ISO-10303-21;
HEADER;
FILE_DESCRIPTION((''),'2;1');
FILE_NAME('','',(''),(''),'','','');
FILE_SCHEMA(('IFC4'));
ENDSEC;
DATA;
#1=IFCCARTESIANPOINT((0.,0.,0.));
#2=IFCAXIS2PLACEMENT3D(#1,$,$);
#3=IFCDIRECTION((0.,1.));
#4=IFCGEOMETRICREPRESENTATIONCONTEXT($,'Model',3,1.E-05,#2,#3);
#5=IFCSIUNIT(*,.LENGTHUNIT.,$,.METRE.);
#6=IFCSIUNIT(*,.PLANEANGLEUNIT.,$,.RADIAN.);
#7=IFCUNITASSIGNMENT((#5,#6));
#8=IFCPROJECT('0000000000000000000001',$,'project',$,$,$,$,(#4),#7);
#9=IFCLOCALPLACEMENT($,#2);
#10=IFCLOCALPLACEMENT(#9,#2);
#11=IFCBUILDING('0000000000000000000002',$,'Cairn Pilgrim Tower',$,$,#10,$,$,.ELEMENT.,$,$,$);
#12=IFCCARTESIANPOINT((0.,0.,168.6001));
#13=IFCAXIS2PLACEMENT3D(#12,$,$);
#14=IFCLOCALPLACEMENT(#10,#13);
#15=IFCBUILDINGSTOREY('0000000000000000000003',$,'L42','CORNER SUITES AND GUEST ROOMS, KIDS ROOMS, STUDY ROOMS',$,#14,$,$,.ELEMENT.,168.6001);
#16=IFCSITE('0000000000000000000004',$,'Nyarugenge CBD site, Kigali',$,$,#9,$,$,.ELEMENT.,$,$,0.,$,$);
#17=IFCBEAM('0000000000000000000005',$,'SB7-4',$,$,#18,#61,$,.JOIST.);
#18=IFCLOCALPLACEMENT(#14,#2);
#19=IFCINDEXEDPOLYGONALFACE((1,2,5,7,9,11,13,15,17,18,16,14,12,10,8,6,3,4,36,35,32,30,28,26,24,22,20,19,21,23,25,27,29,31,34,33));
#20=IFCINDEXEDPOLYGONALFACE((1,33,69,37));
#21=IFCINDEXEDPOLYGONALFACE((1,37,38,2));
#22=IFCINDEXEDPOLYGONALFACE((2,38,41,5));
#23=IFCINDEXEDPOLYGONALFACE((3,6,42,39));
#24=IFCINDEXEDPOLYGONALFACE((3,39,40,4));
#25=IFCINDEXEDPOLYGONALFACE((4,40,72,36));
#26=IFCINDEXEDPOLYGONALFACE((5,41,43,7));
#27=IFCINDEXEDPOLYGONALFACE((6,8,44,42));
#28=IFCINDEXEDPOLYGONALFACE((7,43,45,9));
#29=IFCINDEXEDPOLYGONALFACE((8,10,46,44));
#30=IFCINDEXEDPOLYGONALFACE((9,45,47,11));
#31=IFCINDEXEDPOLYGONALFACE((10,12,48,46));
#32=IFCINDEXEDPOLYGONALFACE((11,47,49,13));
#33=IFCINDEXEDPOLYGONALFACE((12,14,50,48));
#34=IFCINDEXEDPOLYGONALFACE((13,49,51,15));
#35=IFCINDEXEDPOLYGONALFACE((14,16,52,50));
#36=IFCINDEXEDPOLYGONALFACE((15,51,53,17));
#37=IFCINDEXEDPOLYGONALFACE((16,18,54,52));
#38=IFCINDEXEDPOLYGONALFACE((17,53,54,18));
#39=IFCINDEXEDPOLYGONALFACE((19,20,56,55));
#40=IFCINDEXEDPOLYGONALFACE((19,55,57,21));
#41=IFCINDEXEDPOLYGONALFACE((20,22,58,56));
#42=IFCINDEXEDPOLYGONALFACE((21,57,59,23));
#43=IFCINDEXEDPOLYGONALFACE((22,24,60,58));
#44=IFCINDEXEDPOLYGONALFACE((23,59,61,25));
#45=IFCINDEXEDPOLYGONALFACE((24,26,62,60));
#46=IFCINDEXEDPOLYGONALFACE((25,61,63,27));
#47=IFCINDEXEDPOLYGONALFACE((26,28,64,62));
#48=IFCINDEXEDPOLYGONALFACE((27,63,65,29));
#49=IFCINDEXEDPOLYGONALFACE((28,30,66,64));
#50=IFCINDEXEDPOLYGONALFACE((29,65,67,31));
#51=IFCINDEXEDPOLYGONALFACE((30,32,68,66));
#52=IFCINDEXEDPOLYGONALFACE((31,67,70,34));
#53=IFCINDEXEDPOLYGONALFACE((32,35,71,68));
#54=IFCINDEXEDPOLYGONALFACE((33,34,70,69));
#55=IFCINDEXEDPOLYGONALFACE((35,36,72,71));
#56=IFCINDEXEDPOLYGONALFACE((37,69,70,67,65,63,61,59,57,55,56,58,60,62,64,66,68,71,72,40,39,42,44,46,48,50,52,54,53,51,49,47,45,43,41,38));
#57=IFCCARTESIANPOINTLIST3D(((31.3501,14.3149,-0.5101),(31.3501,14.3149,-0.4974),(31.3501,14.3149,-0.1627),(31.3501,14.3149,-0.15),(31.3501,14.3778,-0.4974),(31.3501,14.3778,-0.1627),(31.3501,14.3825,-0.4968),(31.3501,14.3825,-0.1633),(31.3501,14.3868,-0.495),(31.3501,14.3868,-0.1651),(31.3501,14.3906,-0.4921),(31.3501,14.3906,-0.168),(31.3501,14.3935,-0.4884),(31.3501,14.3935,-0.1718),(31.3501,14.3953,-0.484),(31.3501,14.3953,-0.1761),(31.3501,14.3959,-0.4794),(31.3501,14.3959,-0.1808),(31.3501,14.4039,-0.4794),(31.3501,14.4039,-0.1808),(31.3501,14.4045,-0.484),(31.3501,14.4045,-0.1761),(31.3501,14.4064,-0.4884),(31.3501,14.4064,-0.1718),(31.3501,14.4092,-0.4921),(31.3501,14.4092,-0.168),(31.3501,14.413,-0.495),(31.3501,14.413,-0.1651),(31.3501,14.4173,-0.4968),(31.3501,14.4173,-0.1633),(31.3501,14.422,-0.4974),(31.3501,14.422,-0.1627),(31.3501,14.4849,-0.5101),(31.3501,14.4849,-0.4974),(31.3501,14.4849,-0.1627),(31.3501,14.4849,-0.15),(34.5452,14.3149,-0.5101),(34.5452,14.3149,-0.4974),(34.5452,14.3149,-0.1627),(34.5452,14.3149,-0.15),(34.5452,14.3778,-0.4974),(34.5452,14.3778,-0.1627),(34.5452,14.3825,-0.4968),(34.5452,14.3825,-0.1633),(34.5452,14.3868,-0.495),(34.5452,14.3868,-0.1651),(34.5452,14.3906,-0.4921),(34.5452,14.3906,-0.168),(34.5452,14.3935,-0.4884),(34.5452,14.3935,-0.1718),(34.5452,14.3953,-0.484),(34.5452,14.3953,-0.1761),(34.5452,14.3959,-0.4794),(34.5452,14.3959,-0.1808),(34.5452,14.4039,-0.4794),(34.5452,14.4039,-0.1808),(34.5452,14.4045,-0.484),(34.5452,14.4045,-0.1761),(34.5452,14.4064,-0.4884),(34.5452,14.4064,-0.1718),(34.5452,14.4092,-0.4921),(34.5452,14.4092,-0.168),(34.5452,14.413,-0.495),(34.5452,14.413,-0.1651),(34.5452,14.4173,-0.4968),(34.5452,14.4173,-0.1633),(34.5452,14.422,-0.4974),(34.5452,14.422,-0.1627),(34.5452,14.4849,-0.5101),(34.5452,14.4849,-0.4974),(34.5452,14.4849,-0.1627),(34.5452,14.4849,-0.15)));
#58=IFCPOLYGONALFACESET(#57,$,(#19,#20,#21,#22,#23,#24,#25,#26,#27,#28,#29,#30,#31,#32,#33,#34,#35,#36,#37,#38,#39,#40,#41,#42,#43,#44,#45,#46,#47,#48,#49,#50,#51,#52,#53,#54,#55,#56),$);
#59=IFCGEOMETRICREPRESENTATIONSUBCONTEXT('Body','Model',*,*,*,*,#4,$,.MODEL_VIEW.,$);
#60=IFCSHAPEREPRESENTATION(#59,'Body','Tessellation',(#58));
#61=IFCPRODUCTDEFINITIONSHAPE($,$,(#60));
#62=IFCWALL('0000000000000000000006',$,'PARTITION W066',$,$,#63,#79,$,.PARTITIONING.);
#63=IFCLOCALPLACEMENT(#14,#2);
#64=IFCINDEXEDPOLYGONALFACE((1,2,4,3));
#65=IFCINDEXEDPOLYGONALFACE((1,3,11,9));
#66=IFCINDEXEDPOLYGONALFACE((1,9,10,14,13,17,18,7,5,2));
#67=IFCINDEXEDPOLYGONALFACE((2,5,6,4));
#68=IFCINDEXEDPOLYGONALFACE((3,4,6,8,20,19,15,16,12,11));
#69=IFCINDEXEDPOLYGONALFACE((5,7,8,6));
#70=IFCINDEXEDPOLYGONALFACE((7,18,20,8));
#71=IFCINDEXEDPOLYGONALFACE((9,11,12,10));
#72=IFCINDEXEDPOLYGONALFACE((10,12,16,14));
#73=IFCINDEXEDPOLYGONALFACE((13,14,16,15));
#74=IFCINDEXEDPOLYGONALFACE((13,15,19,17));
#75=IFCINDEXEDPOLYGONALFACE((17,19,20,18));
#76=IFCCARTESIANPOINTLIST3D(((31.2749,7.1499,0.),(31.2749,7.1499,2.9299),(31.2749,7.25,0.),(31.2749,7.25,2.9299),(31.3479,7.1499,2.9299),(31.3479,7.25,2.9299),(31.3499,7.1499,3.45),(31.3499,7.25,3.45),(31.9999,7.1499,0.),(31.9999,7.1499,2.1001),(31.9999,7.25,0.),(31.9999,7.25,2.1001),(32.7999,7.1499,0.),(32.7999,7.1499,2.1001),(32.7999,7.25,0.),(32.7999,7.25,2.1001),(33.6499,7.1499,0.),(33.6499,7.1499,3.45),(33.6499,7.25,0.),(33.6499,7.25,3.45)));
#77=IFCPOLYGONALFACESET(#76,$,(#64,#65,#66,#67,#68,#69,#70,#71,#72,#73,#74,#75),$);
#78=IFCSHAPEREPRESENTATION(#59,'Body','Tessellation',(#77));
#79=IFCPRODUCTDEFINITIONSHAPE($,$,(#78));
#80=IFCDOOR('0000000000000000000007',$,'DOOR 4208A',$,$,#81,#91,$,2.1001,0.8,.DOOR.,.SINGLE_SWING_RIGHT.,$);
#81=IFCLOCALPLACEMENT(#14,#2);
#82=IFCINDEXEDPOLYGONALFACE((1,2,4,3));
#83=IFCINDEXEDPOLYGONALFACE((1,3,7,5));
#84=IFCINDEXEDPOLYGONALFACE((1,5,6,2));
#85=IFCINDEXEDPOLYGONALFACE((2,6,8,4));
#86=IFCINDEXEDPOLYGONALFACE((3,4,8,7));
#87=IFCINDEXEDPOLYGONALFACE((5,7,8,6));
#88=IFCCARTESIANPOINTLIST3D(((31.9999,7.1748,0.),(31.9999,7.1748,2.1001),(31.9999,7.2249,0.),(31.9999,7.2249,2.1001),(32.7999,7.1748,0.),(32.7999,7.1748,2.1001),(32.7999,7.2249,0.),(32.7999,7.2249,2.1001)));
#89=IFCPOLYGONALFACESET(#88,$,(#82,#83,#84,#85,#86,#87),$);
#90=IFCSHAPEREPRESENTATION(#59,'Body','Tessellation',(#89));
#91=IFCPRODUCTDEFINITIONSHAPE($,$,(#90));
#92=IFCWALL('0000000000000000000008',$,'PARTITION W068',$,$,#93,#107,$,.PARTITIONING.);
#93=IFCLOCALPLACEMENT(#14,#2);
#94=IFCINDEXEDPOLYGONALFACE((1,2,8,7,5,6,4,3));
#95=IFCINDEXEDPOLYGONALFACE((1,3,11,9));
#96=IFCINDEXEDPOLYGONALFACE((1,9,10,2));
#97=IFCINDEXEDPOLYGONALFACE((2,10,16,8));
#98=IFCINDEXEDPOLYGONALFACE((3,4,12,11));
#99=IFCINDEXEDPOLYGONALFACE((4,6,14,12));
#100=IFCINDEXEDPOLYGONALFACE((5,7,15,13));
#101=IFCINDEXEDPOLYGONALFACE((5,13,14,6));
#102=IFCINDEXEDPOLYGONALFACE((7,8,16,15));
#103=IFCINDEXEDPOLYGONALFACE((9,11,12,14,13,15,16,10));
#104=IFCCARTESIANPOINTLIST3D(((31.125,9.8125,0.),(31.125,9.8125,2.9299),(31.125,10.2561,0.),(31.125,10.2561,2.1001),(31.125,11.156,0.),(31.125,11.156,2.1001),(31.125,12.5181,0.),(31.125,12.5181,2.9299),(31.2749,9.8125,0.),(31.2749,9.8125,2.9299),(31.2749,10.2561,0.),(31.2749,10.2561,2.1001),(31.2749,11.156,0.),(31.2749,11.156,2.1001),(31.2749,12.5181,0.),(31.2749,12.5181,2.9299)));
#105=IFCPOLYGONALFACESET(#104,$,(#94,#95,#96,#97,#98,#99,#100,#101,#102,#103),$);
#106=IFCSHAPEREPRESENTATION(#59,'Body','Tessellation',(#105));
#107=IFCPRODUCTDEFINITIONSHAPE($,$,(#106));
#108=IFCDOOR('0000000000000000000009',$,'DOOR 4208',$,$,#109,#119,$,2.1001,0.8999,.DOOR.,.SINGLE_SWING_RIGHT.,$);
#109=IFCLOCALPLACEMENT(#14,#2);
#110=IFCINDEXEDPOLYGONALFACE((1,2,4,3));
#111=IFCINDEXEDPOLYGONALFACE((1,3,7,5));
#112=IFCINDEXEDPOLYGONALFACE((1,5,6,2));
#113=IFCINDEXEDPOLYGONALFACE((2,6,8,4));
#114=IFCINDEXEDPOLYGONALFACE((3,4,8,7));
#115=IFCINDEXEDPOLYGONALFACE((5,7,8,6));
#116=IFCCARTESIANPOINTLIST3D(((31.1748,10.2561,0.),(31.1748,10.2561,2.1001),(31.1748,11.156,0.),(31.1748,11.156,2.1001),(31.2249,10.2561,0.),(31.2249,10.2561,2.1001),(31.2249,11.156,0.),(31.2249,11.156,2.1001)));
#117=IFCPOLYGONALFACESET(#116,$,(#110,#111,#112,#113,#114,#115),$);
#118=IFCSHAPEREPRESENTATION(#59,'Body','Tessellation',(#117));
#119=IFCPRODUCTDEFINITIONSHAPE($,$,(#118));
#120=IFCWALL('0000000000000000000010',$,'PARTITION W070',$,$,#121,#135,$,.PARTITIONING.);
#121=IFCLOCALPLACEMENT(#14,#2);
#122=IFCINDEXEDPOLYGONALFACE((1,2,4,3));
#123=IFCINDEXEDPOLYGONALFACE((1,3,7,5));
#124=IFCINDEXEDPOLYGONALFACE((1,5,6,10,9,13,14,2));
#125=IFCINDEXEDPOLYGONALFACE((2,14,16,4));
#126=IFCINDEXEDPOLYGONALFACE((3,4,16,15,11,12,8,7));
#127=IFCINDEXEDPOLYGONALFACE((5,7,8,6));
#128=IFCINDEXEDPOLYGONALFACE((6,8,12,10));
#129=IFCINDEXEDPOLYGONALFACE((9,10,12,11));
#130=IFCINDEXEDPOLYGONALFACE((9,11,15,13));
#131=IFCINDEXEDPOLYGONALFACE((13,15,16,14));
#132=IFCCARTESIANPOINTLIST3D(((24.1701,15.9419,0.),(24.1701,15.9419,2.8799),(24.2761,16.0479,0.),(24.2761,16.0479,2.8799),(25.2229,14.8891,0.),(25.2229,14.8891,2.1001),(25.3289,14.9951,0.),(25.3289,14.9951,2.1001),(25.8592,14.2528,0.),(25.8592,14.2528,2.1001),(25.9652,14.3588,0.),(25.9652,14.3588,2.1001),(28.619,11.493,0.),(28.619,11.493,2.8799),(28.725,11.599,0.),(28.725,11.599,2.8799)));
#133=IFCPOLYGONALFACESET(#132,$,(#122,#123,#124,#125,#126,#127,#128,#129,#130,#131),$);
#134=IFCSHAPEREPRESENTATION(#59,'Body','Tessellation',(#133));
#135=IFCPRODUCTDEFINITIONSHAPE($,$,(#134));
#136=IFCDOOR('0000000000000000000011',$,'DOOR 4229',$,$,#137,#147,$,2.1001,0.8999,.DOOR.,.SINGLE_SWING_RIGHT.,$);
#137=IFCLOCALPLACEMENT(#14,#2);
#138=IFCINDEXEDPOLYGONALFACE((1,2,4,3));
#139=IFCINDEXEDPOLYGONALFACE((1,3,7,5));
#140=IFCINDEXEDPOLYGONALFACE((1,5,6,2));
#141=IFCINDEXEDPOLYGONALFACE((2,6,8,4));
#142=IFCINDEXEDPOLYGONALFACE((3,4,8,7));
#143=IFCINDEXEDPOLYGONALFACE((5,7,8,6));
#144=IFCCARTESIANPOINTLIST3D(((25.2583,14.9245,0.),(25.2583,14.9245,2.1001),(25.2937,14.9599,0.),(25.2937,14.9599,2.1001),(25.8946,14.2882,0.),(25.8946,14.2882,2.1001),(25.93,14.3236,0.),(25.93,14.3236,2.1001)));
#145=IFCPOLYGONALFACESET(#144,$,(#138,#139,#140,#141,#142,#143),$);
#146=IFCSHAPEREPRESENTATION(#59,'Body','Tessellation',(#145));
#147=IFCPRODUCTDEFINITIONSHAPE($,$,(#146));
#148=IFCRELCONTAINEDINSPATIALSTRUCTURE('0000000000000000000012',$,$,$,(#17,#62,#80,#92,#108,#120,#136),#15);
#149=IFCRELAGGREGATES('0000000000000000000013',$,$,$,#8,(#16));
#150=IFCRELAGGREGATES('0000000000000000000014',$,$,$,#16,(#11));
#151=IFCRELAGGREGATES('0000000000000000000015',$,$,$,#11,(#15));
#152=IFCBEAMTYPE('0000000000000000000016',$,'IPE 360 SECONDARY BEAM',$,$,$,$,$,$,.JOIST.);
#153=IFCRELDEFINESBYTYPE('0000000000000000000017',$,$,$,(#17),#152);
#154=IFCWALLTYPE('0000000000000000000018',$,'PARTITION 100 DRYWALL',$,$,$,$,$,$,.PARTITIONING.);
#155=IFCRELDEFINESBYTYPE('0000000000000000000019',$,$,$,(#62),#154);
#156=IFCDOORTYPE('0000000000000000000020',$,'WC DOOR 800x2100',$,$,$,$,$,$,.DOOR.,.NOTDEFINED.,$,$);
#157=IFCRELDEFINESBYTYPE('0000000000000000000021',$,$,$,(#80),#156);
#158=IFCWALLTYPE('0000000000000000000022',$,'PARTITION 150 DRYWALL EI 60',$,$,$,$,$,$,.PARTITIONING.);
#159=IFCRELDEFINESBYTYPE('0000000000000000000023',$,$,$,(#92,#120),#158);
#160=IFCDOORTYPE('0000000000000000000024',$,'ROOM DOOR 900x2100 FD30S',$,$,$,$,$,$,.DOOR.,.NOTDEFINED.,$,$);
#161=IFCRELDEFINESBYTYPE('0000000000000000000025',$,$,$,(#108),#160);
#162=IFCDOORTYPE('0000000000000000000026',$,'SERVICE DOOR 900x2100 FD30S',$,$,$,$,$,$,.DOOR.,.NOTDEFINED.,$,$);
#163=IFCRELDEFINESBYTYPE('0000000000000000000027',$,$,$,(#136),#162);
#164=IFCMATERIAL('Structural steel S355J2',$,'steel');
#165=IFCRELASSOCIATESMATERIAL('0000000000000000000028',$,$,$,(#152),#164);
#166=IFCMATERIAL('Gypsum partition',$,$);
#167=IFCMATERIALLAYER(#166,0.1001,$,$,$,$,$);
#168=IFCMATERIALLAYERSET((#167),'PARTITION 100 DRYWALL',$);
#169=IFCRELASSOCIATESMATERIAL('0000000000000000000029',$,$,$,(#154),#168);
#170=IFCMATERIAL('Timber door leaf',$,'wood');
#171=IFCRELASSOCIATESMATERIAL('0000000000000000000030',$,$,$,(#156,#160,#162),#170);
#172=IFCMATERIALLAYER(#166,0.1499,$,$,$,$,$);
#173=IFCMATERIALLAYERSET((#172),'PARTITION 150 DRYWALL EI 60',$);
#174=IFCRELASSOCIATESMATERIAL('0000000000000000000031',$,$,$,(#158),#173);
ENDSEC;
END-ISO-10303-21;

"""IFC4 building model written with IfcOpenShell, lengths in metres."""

from ifc_helpers import new_model, si_unit, direction, frame, frame_2d, origin, origin_2d, place, context, subcontext, project, spatial, polyline, rectangle, i_section, outline, extrude, material, layer, layer_set, material_profile, profile_set, type_object, element, fill, save


model = new_model("IFC4")

# Units and contexts
model_context = context("Model", 3, precision=1e-05, world=origin(), true_north=direction((0.0, 1.0)))
body_context = subcontext(model_context, "Body", "Model", "MODEL_VIEW")
ifc_project = project(units=[si_unit("LENGTHUNIT", "METRE"), si_unit("PLANEANGLEUNIT", "RADIAN")], contexts=[model_context])

# Site, building, storey
site_placement = place(None, origin())
site = spatial("IfcSite", under=ifc_project, at=site_placement, Name="Nyarugenge CBD site, Kigali", CompositionType="ELEMENT", RefElevation=0.0)
building_placement = place(site_placement, origin())
building = spatial("IfcBuilding", under=site, at=building_placement, Name="Cairn Pilgrim Tower", CompositionType="ELEMENT")
storey_placement = place(building_placement, frame((0.0, 0.0, 168.6001)))
storey = spatial("IfcBuildingStorey", under=building, at=storey_placement, Name="L42", Description="CORNER SUITES AND GUEST ROOMS, KIDS ROOMS, STUDY ROOMS", CompositionType="ELEMENT", Elevation=168.6001)

# Beam
ifc_material_1 = material(Name="Structural steel S355J2", Category="steel")
ifc_material_profile_1 = material_profile(ifc_material_1, i_section(OverallWidth=0.1699, OverallDepth=0.3601, WebThickness=0.0081, FlangeThickness=0.0127, FilletRadius=0.0181, at=origin_2d()), Name="IPE 360")
ifc_profile_set_1 = profile_set([ifc_material_profile_1], Name="Structural steel S355J2")
beam_type_1 = type_object("IfcBeamType", Name="IPE 360 SECONDARY BEAM", PredefinedType="JOIST", material=ifc_profile_set_1)
beam_1_placement = place(storey_placement, frame((31.3501, 14.3999, -0.3301), z_axis=(1.0, 0.0, 0.0), x_axis=(0.0, 1.0, 0.0)))
element("IfcBeam", 1, at=beam_1_placement, inside=storey, type_object=beam_type_1, Name="SB7-4", PredefinedType="JOIST", context=body_context, shape_type="SweptSolid", body=[
    extrude(i_section(OverallWidth=0.1699, OverallDepth=0.3601, WebThickness=0.0081, FlangeThickness=0.0127, FilletRadius=0.0181, at=origin_2d()), origin(), (0.0, 0.0, 1.0), 3.1951),
])

# Walls, openings, doors
ifc_material_2 = material(Name="Gypsum partition")
ifc_layer_1 = layer(ifc_material_2, 0.1001)
ifc_layer_set_1 = layer_set([ifc_layer_1], Name="PARTITION 100 DRYWALL")
wall_type_1 = type_object("IfcWallType", Name="PARTITION 100 DRYWALL", PredefinedType="PARTITIONING", material=ifc_layer_set_1)
wall_1_placement = place(storey_placement, frame((31.2749, 7.2, 0.0), z_axis=(0.0, 0.0, 1.0), x_axis=(1.0, 0.0, 0.0)))
wall_1 = element("IfcWall", 2, at=wall_1_placement, inside=storey, type_object=wall_type_1, Name="PARTITION W066", PredefinedType="PARTITIONING", context=body_context, shape_type="SweptSolid", body=[
    extrude(outline(polyline([(0.0, 0.0), (2.375, 0.0), (2.375, 3.45), (0.075, 3.45), (0.073, 2.9299), (0.0, 2.9299), (0.0, 0.0)])), frame((0.0, 0.05, 0.0), z_axis=(0.0, -1.0, 0.0), x_axis=(1.0, 0.0, 0.0)), (0.0, 0.0, 1.0), 0.1001),
])
opening_1_placement = place(wall_1_placement, frame((0.7251, 0.0, 0.0)))
opening_1 = element("IfcOpeningElement", 3, at=opening_1_placement, cuts=wall_1, PredefinedType="OPENING", context=body_context, shape_type="SweptSolid", body=[
    extrude(rectangle(XDim=0.8, YDim=2.1001, at=frame_2d((0.3999, 1.05))), frame((0.0, 0.0601, 0.0), z_axis=(0.0, -1.0, 0.0), x_axis=(1.0, 0.0, 0.0)), (0.0, 0.0, 1.0), 0.1201),
])
ifc_material_3 = material(Name="Timber door leaf", Category="wood")
door_type_1 = type_object("IfcDoorType", Name="WC DOOR 800x2100", OperationType="NOTDEFINED", PredefinedType="DOOR", material=ifc_material_3)
door_1_placement = place(opening_1_placement, origin())
door_1 = element("IfcDoor", 4, at=door_1_placement, inside=storey, type_object=door_type_1, Name="DOOR 4208A", OperationType="SINGLE_SWING_RIGHT", OverallHeight=2.1001, OverallWidth=0.8, PredefinedType="DOOR", context=body_context, shape_type="SweptSolid", body=[
    extrude(rectangle(XDim=0.8, YDim=2.1001, at=frame_2d((0.3999, 1.05))), frame((0.0, 0.0249, 0.0), z_axis=(0.0, -1.0, 0.0), x_axis=(1.0, 0.0, 0.0)), (0.0, 0.0, 1.0), 0.05),
])
fill(opening_1, door_1)
ifc_layer_2 = layer(ifc_material_2, 0.1499)
ifc_layer_set_2 = layer_set([ifc_layer_2], Name="PARTITION 150 DRYWALL EI 60")
wall_type_2 = type_object("IfcWallType", Name="PARTITION 150 DRYWALL EI 60", PredefinedType="PARTITIONING", material=ifc_layer_set_2)
wall_2_placement = place(storey_placement, frame((31.2, 9.8125, 0.0), z_axis=(0.0, 0.0, 1.0), x_axis=(0.0, 1.0, 0.0)))
wall_2 = element("IfcWall", 5, at=wall_2_placement, inside=storey, type_object=wall_type_2, Name="PARTITION W068", PredefinedType="PARTITIONING", context=body_context, shape_type="SweptSolid", body=[
    extrude(rectangle(XDim=2.7056, YDim=0.1499, at=frame_2d((1.3528, 0.0))), origin(), (0.0, 0.0, 1.0), 2.9299),
])
opening_2_placement = place(wall_2_placement, frame((0.4436, 0.0, 0.0)))
opening_2 = element("IfcOpeningElement", 6, at=opening_2_placement, cuts=wall_2, PredefinedType="OPENING", context=body_context, shape_type="SweptSolid", body=[
    extrude(rectangle(XDim=0.8999, YDim=2.1001, at=frame_2d((0.45, 1.05))), frame((0.0, 0.085, 0.0), z_axis=(0.0, -1.0, 0.0), x_axis=(1.0, 0.0, 0.0)), (0.0, 0.0, 1.0), 0.1699),
])
door_type_2 = type_object("IfcDoorType", Name="ROOM DOOR 900x2100 FD30S", OperationType="NOTDEFINED", PredefinedType="DOOR", material=ifc_material_3)
door_2_placement = place(opening_2_placement, frame((0.8999, 0.0, 0.0), z_axis=(0.0, 0.0, 1.0), x_axis=(-1.0, 0.0, 0.0)))
door_2 = element("IfcDoor", 7, at=door_2_placement, inside=storey, type_object=door_type_2, Name="DOOR 4208", OperationType="SINGLE_SWING_RIGHT", OverallHeight=2.1001, OverallWidth=0.8999, PredefinedType="DOOR", context=body_context, shape_type="SweptSolid", body=[
    extrude(rectangle(XDim=0.8999, YDim=2.1001, at=frame_2d((0.45, 1.05))), frame((0.0, 0.0249, 0.0), z_axis=(0.0, -1.0, 0.0), x_axis=(1.0, 0.0, 0.0)), (0.0, 0.0, 1.0), 0.05),
])
fill(opening_2, door_2)
wall_3_placement = place(storey_placement, frame((28.6721, 11.5459, 0.0), z_axis=(0.0, 0.0, 1.0), x_axis=(-0.707107, 0.707107, 0.0)))
wall_3 = element("IfcWall", 8, at=wall_3_placement, inside=storey, type_object=wall_type_2, Name="PARTITION W070", PredefinedType="PARTITIONING", context=body_context, shape_type="SweptSolid", body=[
    extrude(rectangle(XDim=6.2917, YDim=0.1499, at=frame_2d((3.146, 0.0))), origin(), (0.0, 0.0, 1.0), 2.8799),
])
opening_3_placement = place(wall_3_placement, frame((3.9031, 0.0, 0.0)))
opening_3 = element("IfcOpeningElement", 9, at=opening_3_placement, cuts=wall_3, PredefinedType="OPENING", context=body_context, shape_type="SweptSolid", body=[
    extrude(rectangle(XDim=0.8999, YDim=2.1001, at=frame_2d((0.45, 1.05))), frame((0.0, 0.085, 0.0), z_axis=(0.0, -1.0, 0.0), x_axis=(1.0, 0.0, 0.0)), (0.0, 0.0, 1.0), 0.1699),
])
door_type_3 = type_object("IfcDoorType", Name="SERVICE DOOR 900x2100 FD30S", OperationType="NOTDEFINED", PredefinedType="DOOR", material=ifc_material_3)
door_3_placement = place(opening_3_placement, origin())
door_3 = element("IfcDoor", 10, at=door_3_placement, inside=storey, type_object=door_type_3, Name="DOOR 4229", OperationType="SINGLE_SWING_RIGHT", OverallHeight=2.1001, OverallWidth=0.8999, PredefinedType="DOOR", context=body_context, shape_type="SweptSolid", body=[
    extrude(rectangle(XDim=0.8999, YDim=2.1001, at=frame_2d((0.45, 1.05))), frame((0.0, 0.0249, 0.0), z_axis=(0.0, -1.0, 0.0), x_axis=(1.0, 0.0, 0.0)), (0.0, 0.0, 1.0), 0.05),
])
fill(opening_3, door_3)

save(model, "model.ifc")
